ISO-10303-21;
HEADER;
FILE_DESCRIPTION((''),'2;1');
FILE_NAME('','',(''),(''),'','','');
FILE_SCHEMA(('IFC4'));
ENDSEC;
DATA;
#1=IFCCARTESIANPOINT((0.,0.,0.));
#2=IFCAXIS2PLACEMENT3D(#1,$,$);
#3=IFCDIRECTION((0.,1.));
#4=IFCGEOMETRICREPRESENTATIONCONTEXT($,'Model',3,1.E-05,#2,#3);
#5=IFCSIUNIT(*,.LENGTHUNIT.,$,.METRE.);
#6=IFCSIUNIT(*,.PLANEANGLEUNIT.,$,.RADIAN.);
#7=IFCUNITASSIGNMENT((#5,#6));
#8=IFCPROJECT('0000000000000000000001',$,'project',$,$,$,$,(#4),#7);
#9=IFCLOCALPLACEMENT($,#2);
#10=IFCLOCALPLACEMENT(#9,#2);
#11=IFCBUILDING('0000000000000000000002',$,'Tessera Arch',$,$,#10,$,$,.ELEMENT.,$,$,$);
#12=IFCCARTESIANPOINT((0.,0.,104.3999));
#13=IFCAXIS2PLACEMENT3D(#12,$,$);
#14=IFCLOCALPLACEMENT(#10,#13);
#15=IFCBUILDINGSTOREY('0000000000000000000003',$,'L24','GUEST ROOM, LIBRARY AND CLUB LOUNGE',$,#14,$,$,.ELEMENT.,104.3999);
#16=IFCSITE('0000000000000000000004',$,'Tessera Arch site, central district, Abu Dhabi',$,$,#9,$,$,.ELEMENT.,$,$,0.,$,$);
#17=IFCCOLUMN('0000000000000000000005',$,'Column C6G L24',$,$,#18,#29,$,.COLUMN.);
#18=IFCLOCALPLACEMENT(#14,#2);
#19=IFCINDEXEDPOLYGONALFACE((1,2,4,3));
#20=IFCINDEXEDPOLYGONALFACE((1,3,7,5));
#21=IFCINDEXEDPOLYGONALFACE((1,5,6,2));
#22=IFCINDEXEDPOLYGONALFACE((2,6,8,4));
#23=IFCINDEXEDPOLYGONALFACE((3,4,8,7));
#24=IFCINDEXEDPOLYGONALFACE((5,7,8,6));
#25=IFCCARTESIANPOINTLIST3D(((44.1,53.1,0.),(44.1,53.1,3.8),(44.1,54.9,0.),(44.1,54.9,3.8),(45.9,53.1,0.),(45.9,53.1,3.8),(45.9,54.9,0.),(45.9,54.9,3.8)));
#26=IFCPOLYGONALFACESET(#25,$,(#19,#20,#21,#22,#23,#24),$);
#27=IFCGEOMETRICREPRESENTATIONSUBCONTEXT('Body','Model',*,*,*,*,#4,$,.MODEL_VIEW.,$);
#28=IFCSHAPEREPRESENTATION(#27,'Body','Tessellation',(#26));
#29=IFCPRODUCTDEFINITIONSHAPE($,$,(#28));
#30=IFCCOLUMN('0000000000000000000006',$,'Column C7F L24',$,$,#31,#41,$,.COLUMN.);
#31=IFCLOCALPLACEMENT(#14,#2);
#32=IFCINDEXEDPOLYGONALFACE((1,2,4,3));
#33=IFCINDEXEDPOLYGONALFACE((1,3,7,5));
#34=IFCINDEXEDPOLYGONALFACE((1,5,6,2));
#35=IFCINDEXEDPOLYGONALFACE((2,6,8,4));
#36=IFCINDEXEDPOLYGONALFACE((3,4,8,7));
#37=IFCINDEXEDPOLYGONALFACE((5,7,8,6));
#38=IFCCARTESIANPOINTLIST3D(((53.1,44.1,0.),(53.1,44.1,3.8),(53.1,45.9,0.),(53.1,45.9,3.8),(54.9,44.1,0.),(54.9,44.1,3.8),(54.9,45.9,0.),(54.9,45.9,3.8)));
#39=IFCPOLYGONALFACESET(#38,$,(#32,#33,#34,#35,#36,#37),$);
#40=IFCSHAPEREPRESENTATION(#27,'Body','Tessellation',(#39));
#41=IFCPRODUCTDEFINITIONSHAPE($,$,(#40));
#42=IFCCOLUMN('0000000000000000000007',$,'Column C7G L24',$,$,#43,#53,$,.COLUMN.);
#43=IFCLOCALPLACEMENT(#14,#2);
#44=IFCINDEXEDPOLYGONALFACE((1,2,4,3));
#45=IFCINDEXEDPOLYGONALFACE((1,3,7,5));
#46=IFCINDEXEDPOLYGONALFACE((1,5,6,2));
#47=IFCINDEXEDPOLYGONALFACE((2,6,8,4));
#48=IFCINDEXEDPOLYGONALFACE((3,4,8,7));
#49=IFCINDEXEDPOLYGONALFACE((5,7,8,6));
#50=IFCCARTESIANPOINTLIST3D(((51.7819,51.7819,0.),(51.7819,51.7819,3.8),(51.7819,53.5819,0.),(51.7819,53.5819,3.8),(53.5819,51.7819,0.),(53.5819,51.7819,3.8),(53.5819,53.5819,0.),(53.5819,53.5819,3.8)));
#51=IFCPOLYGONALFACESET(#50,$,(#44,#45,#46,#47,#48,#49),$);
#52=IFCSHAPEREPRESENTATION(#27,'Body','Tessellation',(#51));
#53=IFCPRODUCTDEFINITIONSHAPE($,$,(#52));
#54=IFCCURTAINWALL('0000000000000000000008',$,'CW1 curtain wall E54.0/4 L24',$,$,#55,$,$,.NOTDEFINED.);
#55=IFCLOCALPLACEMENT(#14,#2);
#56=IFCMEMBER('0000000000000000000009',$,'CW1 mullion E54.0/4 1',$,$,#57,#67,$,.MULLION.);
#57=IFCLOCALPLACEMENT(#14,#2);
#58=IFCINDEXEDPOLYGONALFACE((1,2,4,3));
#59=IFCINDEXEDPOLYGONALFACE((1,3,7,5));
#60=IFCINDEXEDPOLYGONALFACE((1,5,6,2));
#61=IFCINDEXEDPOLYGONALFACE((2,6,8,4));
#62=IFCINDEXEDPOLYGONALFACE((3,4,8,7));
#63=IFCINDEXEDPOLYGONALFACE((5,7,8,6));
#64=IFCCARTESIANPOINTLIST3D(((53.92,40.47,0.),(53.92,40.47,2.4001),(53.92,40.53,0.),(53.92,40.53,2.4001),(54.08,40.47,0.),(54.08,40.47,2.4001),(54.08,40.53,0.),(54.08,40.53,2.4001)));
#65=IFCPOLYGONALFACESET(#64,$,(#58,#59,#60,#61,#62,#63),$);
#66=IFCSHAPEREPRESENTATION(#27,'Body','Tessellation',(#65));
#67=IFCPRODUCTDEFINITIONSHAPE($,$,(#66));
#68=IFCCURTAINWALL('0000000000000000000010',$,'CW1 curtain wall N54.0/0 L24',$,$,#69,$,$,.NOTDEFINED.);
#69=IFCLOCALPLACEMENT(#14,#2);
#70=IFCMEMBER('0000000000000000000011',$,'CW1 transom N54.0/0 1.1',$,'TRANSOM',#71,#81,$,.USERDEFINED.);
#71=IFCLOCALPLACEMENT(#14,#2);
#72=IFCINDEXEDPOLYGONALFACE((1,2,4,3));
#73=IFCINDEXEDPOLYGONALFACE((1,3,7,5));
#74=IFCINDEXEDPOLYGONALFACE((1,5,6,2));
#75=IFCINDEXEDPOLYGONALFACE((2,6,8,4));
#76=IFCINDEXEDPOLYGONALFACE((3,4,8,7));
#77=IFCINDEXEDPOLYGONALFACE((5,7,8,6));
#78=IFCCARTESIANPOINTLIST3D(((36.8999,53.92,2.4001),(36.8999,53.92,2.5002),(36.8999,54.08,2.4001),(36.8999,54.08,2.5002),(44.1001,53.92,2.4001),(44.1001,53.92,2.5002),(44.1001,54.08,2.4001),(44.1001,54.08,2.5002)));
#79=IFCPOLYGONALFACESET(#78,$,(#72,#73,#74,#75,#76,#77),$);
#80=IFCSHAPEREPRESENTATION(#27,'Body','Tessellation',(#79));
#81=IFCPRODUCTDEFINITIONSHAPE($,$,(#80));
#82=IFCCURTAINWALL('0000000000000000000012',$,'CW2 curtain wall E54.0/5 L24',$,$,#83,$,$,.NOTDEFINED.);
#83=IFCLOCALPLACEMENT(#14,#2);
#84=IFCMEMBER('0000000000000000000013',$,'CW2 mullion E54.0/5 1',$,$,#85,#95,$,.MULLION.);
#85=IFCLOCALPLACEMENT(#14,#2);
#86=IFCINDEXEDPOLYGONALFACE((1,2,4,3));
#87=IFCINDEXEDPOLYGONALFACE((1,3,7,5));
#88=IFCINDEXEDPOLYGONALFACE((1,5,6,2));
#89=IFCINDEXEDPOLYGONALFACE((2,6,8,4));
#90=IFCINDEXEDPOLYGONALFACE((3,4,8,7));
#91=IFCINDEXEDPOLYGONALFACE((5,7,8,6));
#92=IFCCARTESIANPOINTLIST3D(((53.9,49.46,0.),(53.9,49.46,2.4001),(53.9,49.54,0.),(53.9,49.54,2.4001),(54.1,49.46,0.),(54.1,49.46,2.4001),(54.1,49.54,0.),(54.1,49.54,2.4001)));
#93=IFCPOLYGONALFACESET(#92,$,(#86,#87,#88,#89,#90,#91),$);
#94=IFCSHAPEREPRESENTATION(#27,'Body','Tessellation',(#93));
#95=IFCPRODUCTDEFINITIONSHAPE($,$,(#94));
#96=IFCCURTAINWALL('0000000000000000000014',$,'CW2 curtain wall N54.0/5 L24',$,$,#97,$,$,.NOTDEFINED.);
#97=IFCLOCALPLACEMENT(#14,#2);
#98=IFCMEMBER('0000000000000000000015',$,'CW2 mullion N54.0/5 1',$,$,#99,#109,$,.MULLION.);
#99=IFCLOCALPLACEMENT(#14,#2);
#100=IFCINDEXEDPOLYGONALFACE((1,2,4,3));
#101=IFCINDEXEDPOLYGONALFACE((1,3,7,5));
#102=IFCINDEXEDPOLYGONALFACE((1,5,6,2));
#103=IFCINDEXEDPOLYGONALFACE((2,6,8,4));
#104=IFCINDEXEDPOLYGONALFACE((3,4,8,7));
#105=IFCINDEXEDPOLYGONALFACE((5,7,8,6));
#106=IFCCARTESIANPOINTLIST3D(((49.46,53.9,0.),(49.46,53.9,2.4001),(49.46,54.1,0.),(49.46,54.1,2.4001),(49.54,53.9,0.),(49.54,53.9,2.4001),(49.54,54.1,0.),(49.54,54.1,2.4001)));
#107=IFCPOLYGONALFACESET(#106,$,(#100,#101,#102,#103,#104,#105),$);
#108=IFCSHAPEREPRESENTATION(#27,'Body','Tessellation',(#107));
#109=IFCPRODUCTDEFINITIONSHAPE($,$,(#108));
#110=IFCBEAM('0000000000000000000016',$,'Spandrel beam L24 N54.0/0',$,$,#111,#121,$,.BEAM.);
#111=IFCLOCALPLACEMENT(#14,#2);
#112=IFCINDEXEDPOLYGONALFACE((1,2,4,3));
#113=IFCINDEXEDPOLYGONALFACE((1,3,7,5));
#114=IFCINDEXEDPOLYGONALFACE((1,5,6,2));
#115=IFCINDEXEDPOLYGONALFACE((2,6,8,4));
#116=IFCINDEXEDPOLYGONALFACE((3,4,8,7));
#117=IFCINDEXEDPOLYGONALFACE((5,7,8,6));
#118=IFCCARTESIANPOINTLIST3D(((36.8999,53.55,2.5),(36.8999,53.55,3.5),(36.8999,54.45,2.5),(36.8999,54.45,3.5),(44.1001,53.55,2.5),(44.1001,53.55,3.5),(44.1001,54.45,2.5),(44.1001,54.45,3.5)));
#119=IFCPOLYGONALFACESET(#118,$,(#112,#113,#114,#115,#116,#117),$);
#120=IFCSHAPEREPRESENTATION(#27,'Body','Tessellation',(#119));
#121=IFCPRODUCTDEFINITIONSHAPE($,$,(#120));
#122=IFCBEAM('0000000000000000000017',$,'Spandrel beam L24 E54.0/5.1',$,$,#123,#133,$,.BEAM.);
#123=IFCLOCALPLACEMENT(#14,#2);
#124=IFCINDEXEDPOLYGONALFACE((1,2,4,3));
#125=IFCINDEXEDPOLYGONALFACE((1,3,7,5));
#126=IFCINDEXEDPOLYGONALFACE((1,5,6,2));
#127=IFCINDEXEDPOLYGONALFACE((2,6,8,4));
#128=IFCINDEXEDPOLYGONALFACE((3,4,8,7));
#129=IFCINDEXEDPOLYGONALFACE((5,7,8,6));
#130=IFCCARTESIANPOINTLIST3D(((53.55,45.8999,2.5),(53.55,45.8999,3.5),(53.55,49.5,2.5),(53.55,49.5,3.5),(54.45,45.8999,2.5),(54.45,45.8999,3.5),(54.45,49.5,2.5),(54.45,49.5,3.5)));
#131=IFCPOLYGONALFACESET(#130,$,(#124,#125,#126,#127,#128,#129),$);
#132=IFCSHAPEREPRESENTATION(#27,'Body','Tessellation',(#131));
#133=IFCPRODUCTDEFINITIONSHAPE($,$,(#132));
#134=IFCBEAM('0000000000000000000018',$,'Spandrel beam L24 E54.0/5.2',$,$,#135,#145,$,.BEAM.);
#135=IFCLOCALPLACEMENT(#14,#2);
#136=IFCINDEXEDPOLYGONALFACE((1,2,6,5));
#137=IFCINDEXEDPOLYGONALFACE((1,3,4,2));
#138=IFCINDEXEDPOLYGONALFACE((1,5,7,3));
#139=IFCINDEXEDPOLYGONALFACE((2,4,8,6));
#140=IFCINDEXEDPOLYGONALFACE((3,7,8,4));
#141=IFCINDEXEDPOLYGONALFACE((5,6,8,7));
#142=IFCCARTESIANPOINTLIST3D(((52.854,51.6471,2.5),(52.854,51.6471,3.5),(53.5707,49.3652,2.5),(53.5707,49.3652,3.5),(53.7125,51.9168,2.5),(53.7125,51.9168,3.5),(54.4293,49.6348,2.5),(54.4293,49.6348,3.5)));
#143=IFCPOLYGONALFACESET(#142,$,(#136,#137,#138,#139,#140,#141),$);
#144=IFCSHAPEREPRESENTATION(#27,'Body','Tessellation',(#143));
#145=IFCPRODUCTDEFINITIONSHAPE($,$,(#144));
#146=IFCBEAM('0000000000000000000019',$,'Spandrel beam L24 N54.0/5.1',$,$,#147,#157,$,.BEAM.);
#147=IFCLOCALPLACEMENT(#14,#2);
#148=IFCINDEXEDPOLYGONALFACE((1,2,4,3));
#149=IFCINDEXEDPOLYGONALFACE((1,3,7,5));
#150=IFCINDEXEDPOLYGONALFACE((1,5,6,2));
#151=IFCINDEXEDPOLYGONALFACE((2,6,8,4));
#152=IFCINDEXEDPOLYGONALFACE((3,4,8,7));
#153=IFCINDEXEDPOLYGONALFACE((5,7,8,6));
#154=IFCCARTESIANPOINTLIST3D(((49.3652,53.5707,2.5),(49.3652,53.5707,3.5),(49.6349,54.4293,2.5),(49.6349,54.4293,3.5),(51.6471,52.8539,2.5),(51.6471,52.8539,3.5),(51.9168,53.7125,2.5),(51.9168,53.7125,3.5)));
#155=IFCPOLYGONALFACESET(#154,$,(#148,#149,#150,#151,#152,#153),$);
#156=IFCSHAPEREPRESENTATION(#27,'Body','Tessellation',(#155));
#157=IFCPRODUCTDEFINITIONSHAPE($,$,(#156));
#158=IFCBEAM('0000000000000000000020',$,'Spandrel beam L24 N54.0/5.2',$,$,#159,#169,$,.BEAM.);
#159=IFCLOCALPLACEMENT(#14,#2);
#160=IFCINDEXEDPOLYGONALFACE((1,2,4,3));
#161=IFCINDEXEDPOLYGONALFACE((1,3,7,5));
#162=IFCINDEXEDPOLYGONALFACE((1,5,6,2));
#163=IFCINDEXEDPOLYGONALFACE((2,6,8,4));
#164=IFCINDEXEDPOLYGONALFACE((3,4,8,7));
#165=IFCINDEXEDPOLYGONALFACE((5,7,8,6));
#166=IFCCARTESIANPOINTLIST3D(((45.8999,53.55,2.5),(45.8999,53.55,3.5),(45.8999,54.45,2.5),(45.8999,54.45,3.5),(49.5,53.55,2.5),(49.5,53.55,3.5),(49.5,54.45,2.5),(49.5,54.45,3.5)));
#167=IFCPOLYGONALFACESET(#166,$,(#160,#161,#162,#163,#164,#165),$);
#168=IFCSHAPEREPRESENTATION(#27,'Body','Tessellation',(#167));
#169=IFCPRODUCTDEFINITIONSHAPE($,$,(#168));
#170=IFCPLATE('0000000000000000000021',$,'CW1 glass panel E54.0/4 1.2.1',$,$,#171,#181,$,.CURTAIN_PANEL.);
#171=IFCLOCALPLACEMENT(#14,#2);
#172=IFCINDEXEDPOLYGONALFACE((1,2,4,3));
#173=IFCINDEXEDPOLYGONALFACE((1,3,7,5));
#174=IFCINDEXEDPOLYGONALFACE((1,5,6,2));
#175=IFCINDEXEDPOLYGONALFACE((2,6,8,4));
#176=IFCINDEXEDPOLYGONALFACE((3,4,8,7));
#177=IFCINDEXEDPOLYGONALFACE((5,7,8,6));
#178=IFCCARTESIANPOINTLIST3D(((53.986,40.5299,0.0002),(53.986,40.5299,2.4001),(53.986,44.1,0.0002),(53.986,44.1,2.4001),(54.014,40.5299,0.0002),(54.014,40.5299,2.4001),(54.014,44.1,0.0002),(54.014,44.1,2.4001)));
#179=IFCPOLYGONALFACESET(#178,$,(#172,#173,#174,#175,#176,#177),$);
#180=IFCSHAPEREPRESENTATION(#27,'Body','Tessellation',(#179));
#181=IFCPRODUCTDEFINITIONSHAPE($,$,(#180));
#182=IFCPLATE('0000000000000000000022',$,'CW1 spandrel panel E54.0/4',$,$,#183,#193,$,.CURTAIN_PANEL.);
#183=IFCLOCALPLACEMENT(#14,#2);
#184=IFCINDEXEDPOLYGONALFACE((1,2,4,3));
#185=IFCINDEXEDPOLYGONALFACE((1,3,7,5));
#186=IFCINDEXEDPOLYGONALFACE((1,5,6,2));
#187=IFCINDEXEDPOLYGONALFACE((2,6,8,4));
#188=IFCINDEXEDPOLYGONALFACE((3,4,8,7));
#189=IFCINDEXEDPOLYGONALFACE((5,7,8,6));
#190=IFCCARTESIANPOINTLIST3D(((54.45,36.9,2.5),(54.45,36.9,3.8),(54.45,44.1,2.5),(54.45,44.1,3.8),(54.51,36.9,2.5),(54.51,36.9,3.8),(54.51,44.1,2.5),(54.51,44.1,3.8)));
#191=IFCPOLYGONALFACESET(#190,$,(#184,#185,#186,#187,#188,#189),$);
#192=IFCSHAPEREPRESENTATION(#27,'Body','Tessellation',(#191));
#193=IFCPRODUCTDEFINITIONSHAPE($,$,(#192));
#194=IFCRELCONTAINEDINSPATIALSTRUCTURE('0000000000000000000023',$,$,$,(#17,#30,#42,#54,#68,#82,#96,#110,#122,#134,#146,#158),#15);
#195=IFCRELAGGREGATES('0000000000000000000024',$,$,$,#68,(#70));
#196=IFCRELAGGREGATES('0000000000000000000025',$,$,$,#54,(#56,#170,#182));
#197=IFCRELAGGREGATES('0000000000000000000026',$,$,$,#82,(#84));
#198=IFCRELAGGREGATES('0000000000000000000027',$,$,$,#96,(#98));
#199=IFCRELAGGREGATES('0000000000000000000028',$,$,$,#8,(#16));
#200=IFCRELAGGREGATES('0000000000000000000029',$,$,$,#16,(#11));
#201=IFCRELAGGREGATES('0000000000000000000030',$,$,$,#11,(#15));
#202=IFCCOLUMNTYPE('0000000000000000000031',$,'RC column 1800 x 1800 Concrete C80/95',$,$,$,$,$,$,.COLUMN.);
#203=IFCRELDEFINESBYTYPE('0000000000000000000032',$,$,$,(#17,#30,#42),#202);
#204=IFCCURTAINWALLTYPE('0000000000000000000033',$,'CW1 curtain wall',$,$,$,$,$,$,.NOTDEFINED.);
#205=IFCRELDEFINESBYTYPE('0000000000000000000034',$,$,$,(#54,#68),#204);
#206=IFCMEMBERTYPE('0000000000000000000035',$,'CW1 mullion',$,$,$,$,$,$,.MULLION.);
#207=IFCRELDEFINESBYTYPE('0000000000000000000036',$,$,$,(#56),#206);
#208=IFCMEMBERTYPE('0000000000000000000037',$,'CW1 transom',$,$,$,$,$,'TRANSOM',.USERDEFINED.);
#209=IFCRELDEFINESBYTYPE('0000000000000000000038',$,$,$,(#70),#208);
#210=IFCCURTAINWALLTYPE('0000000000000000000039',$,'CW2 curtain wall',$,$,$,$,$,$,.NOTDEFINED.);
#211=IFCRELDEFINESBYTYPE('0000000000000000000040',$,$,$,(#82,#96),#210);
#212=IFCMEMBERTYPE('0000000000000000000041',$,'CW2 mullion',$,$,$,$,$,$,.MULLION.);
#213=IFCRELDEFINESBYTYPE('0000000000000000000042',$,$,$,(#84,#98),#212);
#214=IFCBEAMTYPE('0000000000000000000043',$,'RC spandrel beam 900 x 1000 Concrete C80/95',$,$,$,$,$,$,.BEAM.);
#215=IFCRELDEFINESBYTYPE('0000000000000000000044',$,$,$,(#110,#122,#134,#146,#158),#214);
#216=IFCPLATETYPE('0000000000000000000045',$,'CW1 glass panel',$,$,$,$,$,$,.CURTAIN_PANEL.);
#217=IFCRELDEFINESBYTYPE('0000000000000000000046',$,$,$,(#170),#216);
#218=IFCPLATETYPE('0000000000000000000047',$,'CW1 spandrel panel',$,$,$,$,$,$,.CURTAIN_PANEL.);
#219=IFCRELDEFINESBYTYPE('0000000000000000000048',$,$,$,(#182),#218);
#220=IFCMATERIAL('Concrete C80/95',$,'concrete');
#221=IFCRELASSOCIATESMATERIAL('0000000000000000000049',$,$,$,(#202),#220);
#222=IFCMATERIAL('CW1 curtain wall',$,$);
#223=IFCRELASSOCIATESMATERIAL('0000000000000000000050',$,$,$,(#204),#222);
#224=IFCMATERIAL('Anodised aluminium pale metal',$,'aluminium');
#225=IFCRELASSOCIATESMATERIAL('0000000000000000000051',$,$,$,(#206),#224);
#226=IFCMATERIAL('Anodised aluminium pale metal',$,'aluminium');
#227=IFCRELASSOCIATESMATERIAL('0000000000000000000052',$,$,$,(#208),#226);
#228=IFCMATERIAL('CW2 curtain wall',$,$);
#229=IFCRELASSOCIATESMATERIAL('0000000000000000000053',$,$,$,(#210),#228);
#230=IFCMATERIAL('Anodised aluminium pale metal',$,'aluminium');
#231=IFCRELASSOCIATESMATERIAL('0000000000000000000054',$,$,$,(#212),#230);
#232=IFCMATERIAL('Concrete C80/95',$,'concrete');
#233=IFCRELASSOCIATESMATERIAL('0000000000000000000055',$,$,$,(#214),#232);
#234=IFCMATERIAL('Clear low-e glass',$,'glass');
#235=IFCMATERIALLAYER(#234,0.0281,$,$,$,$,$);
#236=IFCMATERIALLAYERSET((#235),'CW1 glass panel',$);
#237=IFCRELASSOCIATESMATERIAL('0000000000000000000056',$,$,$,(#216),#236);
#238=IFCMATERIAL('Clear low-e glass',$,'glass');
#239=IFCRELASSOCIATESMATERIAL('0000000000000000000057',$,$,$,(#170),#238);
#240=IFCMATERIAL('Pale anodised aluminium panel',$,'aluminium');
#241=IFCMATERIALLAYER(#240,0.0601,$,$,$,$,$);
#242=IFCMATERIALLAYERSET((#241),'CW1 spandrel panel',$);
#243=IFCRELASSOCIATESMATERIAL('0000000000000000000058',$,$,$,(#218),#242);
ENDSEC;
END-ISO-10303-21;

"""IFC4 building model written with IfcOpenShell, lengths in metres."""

from ifc_helpers import new_model, si_unit, direction, frame, origin, origin_2d, place, context, subcontext, project, spatial, rectangle, extrude, material, layer, layer_set, material_profile, profile_set, type_object, element, aggregate, save


model = new_model("IFC4")

# Units and contexts
model_context = context("Model", 3, precision=1e-05, world=origin(), true_north=direction((0.0, 1.0)))
body_context = subcontext(model_context, "Body", "Model", "MODEL_VIEW")
ifc_project = project(units=[si_unit("LENGTHUNIT", "METRE"), si_unit("PLANEANGLEUNIT", "RADIAN")], contexts=[model_context])

# Site, building, storey
site_placement = place(None, origin())
site = spatial("IfcSite", under=ifc_project, at=site_placement, Name="Tessera Arch site, central district, Abu Dhabi", CompositionType="ELEMENT", RefElevation=0.0)
building_placement = place(site_placement, origin())
building = spatial("IfcBuilding", under=site, at=building_placement, Name="Tessera Arch", CompositionType="ELEMENT")
storey_placement = place(building_placement, frame((0.0, 0.0, 104.3999)))
storey = spatial("IfcBuildingStorey", under=building, at=storey_placement, Name="L24", Description="GUEST ROOM, LIBRARY AND CLUB LOUNGE", CompositionType="ELEMENT", Elevation=104.3999)

# Columns
ifc_material_1 = material(Name="Concrete C80/95", Category="concrete")
ifc_material_profile_1 = material_profile(ifc_material_1, rectangle(XDim=1.8, YDim=1.8, at=origin_2d()), Name="RC column 1800 x 1800 Concrete C80/95")
ifc_profile_set_1 = profile_set([ifc_material_profile_1], Name="Concrete C80/95")
column_type = type_object("IfcColumnType", Name="RC column 1800 x 1800 Concrete C80/95", PredefinedType="COLUMN", material=ifc_profile_set_1)
for number, where, z_axis, x_axis, name in (
    (1, (45.0, 54.0, 0.0), (0.0, 0.0, 1.0), (1.0, 0.0, 0.0), "Column C6G L24"),
    (2, (54.0, 45.0, 0.0), (0.0, 0.0, 1.0), (1.0, 0.0, 0.0), "Column C7F L24"),
    (3, (52.6819, 52.6819, 0.0), (0.0, 0.0, 1.0), (1.0, 0.0, 0.0), "Column C7G L24"),
):
    element("IfcColumn", number, at=place(storey_placement, frame(where, z_axis=z_axis, x_axis=x_axis)), inside=storey, type_object=column_type, Name=name, PredefinedType="COLUMN", context=body_context, shape_type="SweptSolid", body=[
        extrude(rectangle(XDim=1.8, YDim=1.8, at=origin_2d()), origin(), (0.0, 0.0, 1.0), 3.8),
    ])

# Curtain walls, members
ifc_material_2 = material(Name="CW1 curtain wall")
curtain_wall_type_1 = type_object("IfcCurtainWallType", Name="CW1 curtain wall", PredefinedType="NOTDEFINED", material=ifc_material_2)
curtain_wall_1_placement = place(storey_placement, origin())
curtain_wall_1 = element("IfcCurtainWall", 4, at=curtain_wall_1_placement, inside=storey, type_object=curtain_wall_type_1, Name="CW1 curtain wall E54.0/4 L24", PredefinedType="NOTDEFINED")
ifc_material_3 = material(Name="Anodised aluminium pale metal", Category="aluminium")
ifc_material_profile_2 = material_profile(ifc_material_3, rectangle(XDim=0.1599, YDim=0.0601, at=origin_2d()), Name="AL 60x160")
ifc_profile_set_2 = profile_set([ifc_material_profile_2], Name="Anodised aluminium pale metal")
member_type_1 = type_object("IfcMemberType", Name="CW1 mullion", PredefinedType="MULLION", material=ifc_profile_set_2)
member_1_placement = place(storey_placement, frame((54.0, 40.5, 0.0), z_axis=(0.0, 0.0, 1.0), x_axis=(-1.0, 0.0, 0.0)))
member_1 = element("IfcMember", 5, at=member_1_placement, type_object=member_type_1, Name="CW1 mullion E54.0/4 1", PredefinedType="MULLION", context=body_context, shape_type="SweptSolid", body=[
    extrude(rectangle(XDim=0.1599, YDim=0.0601, at=origin_2d()), origin(), (0.0, 0.0, 1.0), 2.4001),
])
curtain_wall_2_placement = place(storey_placement, origin())
curtain_wall_2 = element("IfcCurtainWall", 6, at=curtain_wall_2_placement, inside=storey, type_object=curtain_wall_type_1, Name="CW1 curtain wall N54.0/0 L24", PredefinedType="NOTDEFINED")
ifc_material_4 = material(Name="Anodised aluminium pale metal", Category="aluminium")
ifc_material_profile_3 = material_profile(ifc_material_4, rectangle(XDim=0.1599, YDim=0.1001, at=origin_2d()), Name="AL 160x100")
ifc_profile_set_3 = profile_set([ifc_material_profile_3], Name="Anodised aluminium pale metal")
member_type_2 = type_object("IfcMemberType", Name="CW1 transom", ElementType="TRANSOM", PredefinedType="USERDEFINED", material=ifc_profile_set_3)
member_2_placement = place(storey_placement, frame((44.1001, 54.0, 2.4502), z_axis=(-1.0, 0.0, 0.0), x_axis=(0.0, -1.0, 0.0)))
member_2 = element("IfcMember", 7, at=member_2_placement, type_object=member_type_2, Name="CW1 transom N54.0/0 1.1", ObjectType="TRANSOM", PredefinedType="USERDEFINED", context=body_context, shape_type="SweptSolid", body=[
    extrude(rectangle(XDim=0.1599, YDim=0.1001, at=origin_2d()), origin(), (0.0, 0.0, 1.0), 7.2002),
])
aggregate(curtain_wall_2, [member_2])
ifc_material_5 = material(Name="CW2 curtain wall")
curtain_wall_type_2 = type_object("IfcCurtainWallType", Name="CW2 curtain wall", PredefinedType="NOTDEFINED", material=ifc_material_5)
curtain_wall_3_placement = place(storey_placement, origin())
curtain_wall_3 = element("IfcCurtainWall", 8, at=curtain_wall_3_placement, inside=storey, type_object=curtain_wall_type_2, Name="CW2 curtain wall E54.0/5 L24", PredefinedType="NOTDEFINED")
ifc_material_6 = material(Name="Anodised aluminium pale metal", Category="aluminium")
ifc_material_profile_4 = material_profile(ifc_material_6, rectangle(XDim=0.2, YDim=0.0801, at=origin_2d()), Name="AL 80x200")
ifc_profile_set_4 = profile_set([ifc_material_profile_4], Name="Anodised aluminium pale metal")
member_type_3 = type_object("IfcMemberType", Name="CW2 mullion", PredefinedType="MULLION", material=ifc_profile_set_4)
member_3_placement = place(storey_placement, frame((54.0, 49.5, 0.0), z_axis=(0.0, 0.0, 1.0), x_axis=(-1.0, 0.0, 0.0)))
member_3 = element("IfcMember", 9, at=member_3_placement, type_object=member_type_3, Name="CW2 mullion E54.0/5 1", PredefinedType="MULLION", context=body_context, shape_type="SweptSolid", body=[
    extrude(rectangle(XDim=0.2, YDim=0.0801, at=origin_2d()), origin(), (0.0, 0.0, 1.0), 2.4001),
])
curtain_wall_4_placement = place(storey_placement, origin())
curtain_wall_4 = element("IfcCurtainWall", 10, at=curtain_wall_4_placement, inside=storey, type_object=curtain_wall_type_2, Name="CW2 curtain wall N54.0/5 L24", PredefinedType="NOTDEFINED")
member_4_placement = place(storey_placement, frame((49.5, 54.0, 0.0), z_axis=(0.0, 0.0, 1.0), x_axis=(0.0, -1.0, 0.0)))
member_4 = element("IfcMember", 11, at=member_4_placement, type_object=member_type_3, Name="CW2 mullion N54.0/5 1", PredefinedType="MULLION", context=body_context, shape_type="SweptSolid", body=[
    extrude(rectangle(XDim=0.2, YDim=0.0801, at=origin_2d()), origin(), (0.0, 0.0, 1.0), 2.4001),
])

# Beams
ifc_material_7 = material(Name="Concrete C80/95", Category="concrete")
ifc_material_profile_5 = material_profile(ifc_material_7, rectangle(XDim=0.8999, YDim=1.0, at=origin_2d()), Name="RC spandrel beam 900 x 1000 Concrete C80/95")
ifc_profile_set_5 = profile_set([ifc_material_profile_5], Name="Concrete C80/95")
beam_type = type_object("IfcBeamType", Name="RC spandrel beam 900 x 1000 Concrete C80/95", PredefinedType="BEAM", material=ifc_profile_set_5)
beam_1_placement = place(storey_placement, frame((44.1001, 54.0, 3.0), z_axis=(-1.0, 0.0, 0.0), x_axis=(0.0, -1.0, 0.0)))
element("IfcBeam", 12, at=beam_1_placement, inside=storey, type_object=beam_type, Name="Spandrel beam L24 N54.0/0", PredefinedType="BEAM", context=body_context, shape_type="SweptSolid", body=[
    extrude(rectangle(XDim=0.8999, YDim=1.0, at=origin_2d()), origin(), (0.0, 0.0, 1.0), 7.2002),
])
beam_2_placement = place(storey_placement, frame((54.0, 45.8999, 3.0), z_axis=(0.0, 1.0, 0.0), x_axis=(-1.0, 0.0, 0.0)))
element("IfcBeam", 13, at=beam_2_placement, inside=storey, type_object=beam_type, Name="Spandrel beam L24 E54.0/5.1", PredefinedType="BEAM", context=body_context, shape_type="SweptSolid", body=[
    extrude(rectangle(XDim=0.8999, YDim=1.0, at=origin_2d()), origin(), (0.0, 0.0, 1.0), 3.6001),
])
for number, where, z_axis, x_axis, name in (
    (14, (54.0, 49.5, 3.0), (-0.299675, 0.954041, 0.0), (-0.954041, -0.299675, 0.0), "Spandrel beam L24 E54.0/5.2"),
    (15, (51.782, 53.2832, 3.0), (-0.954041, 0.299675, 0.0), (-0.299675, -0.954041, 0.0), "Spandrel beam L24 N54.0/5.1"),
):
    element("IfcBeam", number, at=place(storey_placement, frame(where, z_axis=z_axis, x_axis=x_axis)), inside=storey, type_object=beam_type, Name=name, PredefinedType="BEAM", context=body_context, shape_type="SweptSolid", body=[
        extrude(rectangle(XDim=0.8999, YDim=1.0, at=origin_2d()), origin(), (0.0, 0.0, 1.0), 2.3918),
    ])
beam_3_placement = place(storey_placement, frame((49.5, 54.0, 3.0), z_axis=(-1.0, 0.0, 0.0), x_axis=(0.0, -1.0, 0.0)))
element("IfcBeam", 16, at=beam_3_placement, inside=storey, type_object=beam_type, Name="Spandrel beam L24 N54.0/5.2", PredefinedType="BEAM", context=body_context, shape_type="SweptSolid", body=[
    extrude(rectangle(XDim=0.8999, YDim=1.0, at=origin_2d()), origin(), (0.0, 0.0, 1.0), 3.6001),
])

# Plates
ifc_material_8 = material(Name="Clear low-e glass", Category="glass")
ifc_material_9 = material(Name="Clear low-e glass", Category="glass")
ifc_layer_1 = layer(ifc_material_9, 0.0281)
ifc_layer_set_1 = layer_set([ifc_layer_1], Name="CW1 glass panel")
plate_type_1 = type_object("IfcPlateType", Name="CW1 glass panel", PredefinedType="CURTAIN_PANEL", material=ifc_layer_set_1)
plate_1_placement = place(storey_placement, frame((54.0, 42.3149, 0.0002), z_axis=(0.0, 0.0, 1.0), x_axis=(0.0, 1.0, 0.0)))
plate_1 = element("IfcPlate", 17, at=plate_1_placement, type_object=plate_type_1, material=ifc_material_8, Name="CW1 glass panel E54.0/4 1.2.1", PredefinedType="CURTAIN_PANEL", context=body_context, shape_type="SweptSolid", body=[
    extrude(rectangle(XDim=3.5701, YDim=0.0281, at=origin_2d()), origin(), (0.0, 0.0, 1.0), 2.3999),
])
ifc_material_10 = material(Name="Pale anodised aluminium panel", Category="aluminium")
ifc_layer_2 = layer(ifc_material_10, 0.0601)
ifc_layer_set_2 = layer_set([ifc_layer_2], Name="CW1 spandrel panel")
plate_type_2 = type_object("IfcPlateType", Name="CW1 spandrel panel", PredefinedType="CURTAIN_PANEL", material=ifc_layer_set_2)
plate_2_placement = place(storey_placement, frame((54.48, 40.5, 2.5), z_axis=(0.0, 0.0, 1.0), x_axis=(0.0, 1.0, 0.0)))
plate_2 = element("IfcPlate", 18, at=plate_2_placement, type_object=plate_type_2, Name="CW1 spandrel panel E54.0/4", PredefinedType="CURTAIN_PANEL", context=body_context, shape_type="SweptSolid", body=[
    extrude(rectangle(XDim=7.2, YDim=0.0601, at=origin_2d()), origin(), (0.0, 0.0, 1.0), 1.3),
])
aggregate(curtain_wall_1, [member_1, plate_1, plate_2])
aggregate(curtain_wall_3, [member_3])
aggregate(curtain_wall_4, [member_4])

save(model, "model.ifc")
